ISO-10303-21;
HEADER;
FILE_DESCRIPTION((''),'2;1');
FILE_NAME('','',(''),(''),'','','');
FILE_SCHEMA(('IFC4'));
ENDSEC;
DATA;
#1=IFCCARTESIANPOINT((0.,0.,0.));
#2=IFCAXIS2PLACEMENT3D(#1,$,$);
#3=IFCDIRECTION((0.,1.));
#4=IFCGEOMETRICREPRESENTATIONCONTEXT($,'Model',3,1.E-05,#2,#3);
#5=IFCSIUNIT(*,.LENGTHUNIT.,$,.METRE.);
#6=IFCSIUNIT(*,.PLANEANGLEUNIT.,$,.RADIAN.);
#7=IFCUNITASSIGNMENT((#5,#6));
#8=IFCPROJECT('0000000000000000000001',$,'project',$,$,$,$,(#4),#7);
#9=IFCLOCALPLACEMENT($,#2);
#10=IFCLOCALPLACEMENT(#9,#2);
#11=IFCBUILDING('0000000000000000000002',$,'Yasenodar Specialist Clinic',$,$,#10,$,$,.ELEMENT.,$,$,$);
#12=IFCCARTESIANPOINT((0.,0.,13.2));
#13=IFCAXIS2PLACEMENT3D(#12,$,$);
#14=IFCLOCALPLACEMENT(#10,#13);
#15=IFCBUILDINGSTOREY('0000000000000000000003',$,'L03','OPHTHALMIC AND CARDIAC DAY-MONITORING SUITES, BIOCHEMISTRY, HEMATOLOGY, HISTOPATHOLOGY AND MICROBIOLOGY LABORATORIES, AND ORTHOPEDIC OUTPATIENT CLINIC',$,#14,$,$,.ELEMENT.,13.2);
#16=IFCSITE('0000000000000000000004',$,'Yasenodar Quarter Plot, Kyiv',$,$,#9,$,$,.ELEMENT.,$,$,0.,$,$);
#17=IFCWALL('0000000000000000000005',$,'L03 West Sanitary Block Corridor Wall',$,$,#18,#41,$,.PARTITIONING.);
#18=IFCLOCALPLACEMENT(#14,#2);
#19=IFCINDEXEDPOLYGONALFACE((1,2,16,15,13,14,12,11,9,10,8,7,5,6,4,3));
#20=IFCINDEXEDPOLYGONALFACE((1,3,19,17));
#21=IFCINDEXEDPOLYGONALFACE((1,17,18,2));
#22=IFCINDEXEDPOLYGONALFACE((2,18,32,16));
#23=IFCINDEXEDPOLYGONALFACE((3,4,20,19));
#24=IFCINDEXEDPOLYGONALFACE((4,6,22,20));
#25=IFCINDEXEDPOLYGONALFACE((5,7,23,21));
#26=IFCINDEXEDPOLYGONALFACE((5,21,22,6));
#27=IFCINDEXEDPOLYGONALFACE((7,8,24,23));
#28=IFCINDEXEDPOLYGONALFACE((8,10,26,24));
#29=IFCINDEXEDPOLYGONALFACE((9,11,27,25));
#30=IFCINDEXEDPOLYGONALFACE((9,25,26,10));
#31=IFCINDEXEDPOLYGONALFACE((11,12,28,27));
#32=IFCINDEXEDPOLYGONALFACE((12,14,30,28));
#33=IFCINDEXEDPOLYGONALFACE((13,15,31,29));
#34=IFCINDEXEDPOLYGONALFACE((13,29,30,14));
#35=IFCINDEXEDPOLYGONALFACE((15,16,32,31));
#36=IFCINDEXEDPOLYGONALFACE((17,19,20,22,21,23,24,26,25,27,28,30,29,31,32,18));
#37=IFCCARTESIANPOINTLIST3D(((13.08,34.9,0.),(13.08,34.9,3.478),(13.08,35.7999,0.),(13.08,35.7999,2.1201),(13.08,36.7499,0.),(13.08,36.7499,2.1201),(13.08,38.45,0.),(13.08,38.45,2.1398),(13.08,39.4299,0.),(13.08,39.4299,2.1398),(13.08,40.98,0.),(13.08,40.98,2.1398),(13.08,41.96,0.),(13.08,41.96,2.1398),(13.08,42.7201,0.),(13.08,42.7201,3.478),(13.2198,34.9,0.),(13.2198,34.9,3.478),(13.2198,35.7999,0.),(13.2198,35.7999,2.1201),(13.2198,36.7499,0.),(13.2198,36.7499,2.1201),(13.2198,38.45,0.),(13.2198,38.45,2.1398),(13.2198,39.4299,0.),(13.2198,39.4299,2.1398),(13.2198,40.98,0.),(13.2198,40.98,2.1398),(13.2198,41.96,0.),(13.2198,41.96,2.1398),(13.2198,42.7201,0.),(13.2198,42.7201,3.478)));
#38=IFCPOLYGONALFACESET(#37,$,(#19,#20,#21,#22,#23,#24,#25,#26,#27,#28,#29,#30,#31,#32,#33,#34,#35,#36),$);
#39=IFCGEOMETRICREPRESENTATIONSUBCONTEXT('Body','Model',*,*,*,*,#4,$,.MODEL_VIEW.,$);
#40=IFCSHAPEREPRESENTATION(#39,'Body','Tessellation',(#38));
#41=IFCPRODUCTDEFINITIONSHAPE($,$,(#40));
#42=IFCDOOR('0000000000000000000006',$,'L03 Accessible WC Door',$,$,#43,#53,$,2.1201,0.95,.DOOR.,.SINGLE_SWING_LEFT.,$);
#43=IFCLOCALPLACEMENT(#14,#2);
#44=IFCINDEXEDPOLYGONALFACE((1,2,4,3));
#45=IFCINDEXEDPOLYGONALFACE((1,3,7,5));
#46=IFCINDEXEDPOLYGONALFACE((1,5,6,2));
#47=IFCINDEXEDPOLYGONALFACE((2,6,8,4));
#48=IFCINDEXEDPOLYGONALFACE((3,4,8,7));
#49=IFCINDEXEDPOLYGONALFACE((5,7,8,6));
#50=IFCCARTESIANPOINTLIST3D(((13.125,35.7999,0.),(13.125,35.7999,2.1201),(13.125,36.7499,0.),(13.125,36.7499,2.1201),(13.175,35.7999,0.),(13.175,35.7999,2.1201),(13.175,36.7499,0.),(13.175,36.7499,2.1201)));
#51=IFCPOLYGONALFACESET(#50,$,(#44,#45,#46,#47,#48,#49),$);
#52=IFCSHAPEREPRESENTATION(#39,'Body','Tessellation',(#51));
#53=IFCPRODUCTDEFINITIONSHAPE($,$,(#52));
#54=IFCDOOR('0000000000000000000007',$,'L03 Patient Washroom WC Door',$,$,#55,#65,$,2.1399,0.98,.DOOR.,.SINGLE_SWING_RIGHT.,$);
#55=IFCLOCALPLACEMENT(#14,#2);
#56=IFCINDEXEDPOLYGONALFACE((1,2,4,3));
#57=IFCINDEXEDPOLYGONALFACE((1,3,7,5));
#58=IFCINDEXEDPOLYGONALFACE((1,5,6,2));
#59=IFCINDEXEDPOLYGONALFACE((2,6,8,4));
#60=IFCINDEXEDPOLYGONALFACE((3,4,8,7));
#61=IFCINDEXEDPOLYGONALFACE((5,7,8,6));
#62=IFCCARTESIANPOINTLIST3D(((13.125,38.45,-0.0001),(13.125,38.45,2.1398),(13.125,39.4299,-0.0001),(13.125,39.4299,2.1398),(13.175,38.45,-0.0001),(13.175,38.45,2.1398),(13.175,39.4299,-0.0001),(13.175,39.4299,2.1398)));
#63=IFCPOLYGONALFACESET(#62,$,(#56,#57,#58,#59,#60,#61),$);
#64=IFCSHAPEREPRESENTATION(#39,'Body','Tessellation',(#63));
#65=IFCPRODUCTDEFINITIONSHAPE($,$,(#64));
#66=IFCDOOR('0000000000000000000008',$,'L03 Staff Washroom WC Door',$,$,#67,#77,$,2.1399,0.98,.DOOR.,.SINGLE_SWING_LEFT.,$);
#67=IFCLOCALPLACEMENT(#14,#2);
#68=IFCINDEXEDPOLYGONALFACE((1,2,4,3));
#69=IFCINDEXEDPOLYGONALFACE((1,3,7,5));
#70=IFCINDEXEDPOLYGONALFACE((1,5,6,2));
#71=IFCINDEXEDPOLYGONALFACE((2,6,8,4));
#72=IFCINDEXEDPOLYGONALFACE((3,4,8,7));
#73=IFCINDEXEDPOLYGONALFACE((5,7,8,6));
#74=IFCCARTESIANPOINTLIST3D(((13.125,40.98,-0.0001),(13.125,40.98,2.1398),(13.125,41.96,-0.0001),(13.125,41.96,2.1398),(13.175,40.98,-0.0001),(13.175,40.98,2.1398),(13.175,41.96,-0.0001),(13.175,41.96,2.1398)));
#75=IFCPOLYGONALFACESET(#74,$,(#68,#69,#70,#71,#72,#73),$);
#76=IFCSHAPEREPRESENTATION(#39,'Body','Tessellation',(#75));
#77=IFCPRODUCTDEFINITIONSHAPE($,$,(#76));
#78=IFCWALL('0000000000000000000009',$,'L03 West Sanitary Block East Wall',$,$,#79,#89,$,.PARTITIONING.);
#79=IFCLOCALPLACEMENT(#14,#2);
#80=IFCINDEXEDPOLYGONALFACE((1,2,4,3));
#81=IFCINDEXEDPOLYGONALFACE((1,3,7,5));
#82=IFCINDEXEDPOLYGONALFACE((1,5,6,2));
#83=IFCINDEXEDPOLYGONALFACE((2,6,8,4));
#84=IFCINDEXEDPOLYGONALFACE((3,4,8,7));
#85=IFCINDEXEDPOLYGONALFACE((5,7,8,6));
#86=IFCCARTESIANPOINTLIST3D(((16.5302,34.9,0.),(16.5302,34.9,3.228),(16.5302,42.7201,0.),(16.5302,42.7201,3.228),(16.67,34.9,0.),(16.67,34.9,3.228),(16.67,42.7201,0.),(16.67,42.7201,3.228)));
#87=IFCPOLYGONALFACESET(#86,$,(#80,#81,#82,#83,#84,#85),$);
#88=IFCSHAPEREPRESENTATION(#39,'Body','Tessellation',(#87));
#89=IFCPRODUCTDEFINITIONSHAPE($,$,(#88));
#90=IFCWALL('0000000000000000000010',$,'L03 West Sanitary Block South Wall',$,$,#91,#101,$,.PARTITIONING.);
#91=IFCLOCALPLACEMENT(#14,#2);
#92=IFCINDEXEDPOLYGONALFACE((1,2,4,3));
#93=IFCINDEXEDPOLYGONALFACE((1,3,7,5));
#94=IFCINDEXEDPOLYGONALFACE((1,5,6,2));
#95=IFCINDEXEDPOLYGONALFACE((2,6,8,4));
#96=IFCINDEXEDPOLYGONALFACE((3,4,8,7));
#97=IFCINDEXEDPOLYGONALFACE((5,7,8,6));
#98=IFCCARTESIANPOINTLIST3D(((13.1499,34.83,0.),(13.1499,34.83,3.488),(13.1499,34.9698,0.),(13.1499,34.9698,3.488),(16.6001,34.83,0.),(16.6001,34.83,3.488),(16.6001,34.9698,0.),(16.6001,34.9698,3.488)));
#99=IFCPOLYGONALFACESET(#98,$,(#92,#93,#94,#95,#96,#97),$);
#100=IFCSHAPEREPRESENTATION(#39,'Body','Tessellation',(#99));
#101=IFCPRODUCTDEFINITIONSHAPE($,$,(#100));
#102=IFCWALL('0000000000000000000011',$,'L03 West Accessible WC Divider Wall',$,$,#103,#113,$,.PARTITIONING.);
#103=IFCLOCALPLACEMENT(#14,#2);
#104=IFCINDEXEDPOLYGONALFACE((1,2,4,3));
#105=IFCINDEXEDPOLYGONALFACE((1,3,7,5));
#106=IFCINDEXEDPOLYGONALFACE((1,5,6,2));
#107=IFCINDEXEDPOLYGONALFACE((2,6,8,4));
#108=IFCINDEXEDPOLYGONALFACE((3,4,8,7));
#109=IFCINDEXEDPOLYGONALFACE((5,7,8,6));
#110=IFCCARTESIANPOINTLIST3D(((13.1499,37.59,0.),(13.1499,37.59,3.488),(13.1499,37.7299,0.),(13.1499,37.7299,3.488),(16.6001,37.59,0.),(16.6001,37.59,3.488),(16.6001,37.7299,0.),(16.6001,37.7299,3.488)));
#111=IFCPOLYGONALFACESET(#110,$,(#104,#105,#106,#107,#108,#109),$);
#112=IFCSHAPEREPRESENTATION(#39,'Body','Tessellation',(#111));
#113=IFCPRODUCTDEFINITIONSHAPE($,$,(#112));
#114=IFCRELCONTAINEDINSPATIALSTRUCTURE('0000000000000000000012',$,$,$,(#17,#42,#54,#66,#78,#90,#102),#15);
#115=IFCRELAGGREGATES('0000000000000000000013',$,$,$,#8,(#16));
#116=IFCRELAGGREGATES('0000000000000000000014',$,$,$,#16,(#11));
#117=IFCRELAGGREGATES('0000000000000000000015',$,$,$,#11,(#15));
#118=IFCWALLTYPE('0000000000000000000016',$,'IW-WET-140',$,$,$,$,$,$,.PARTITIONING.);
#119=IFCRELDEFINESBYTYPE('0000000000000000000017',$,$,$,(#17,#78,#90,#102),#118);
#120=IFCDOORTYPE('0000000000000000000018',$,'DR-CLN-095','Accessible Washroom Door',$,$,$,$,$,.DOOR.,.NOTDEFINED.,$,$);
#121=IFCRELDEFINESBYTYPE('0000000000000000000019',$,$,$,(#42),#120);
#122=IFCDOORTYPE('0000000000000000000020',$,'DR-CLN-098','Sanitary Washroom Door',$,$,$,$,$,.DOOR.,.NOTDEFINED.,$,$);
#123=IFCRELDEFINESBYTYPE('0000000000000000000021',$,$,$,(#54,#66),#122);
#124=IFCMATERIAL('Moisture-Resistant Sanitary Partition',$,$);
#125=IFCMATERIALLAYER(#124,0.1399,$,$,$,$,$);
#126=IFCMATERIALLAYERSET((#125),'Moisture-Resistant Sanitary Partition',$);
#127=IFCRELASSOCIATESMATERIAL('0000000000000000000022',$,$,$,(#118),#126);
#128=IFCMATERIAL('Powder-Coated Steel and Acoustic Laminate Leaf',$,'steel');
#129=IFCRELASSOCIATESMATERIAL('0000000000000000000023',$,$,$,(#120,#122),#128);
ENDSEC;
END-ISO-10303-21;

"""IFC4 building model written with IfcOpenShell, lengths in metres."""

from ifc_helpers import new_model, si_unit, direction, frame, frame_2d, origin, place, context, subcontext, project, spatial, rectangle, extrude, material, layer, layer_set, type_object, element, fill, save


model = new_model("IFC4")

# Units and contexts
model_context = context("Model", 3, precision=1e-05, world=origin(), true_north=direction((0.0, 1.0)))
body_context = subcontext(model_context, "Body", "Model", "MODEL_VIEW")
ifc_project = project(units=[si_unit("LENGTHUNIT", "METRE"), si_unit("PLANEANGLEUNIT", "RADIAN")], contexts=[model_context])

# Site, building, storey
site_placement = place(None, origin())
site = spatial("IfcSite", under=ifc_project, at=site_placement, Name="Yasenodar Quarter Plot, Kyiv", CompositionType="ELEMENT", RefElevation=0.0)
building_placement = place(site_placement, origin())
building = spatial("IfcBuilding", under=site, at=building_placement, Name="Yasenodar Specialist Clinic", CompositionType="ELEMENT")
storey_placement = place(building_placement, frame((0.0, 0.0, 13.2)))
storey = spatial("IfcBuildingStorey", under=building, at=storey_placement, Name="L03", Description="OPHTHALMIC AND CARDIAC DAY-MONITORING SUITES, BIOCHEMISTRY, HEMATOLOGY, HISTOPATHOLOGY AND MICROBIOLOGY LABORATORIES, AND ORTHOPEDIC OUTPATIENT CLINIC", CompositionType="ELEMENT", Elevation=13.2)

# Shared definitions
ifc_material_1 = material(Name="Powder-Coated Steel and Acoustic Laminate Leaf", Category="steel")

# Wall, openings, doors
ifc_material_2 = material(Name="Moisture-Resistant Sanitary Partition")
ifc_layer_1 = layer(ifc_material_2, 0.1399)
ifc_layer_set_1 = layer_set([ifc_layer_1], Name="Moisture-Resistant Sanitary Partition")
wall_type_1 = type_object("IfcWallType", Name="IW-WET-140", PredefinedType="PARTITIONING", material=ifc_layer_set_1)
wall_1_placement = place(storey_placement, frame((13.1499, 34.8999, 0.0), z_axis=(0.0, 0.0, 1.0), x_axis=(0.0, 1.0, 0.0)))
wall_1 = element("IfcWall", 1, at=wall_1_placement, inside=storey, type_object=wall_type_1, Name="L03 West Sanitary Block Corridor Wall", PredefinedType="PARTITIONING", context=body_context, shape_type="SweptSolid", body=[
    extrude(rectangle(XDim=7.8201, YDim=0.1399, at=frame_2d((3.9102, 0.0))), origin(), (0.0, 0.0, 1.0), 3.478),
])
opening_1_placement = place(wall_1_placement, frame((0.8999, 0.0, 0.0)))
opening_1 = element("IfcOpeningElement", 2, at=opening_1_placement, cuts=wall_1, PredefinedType="OPENING", context=body_context, shape_type="SweptSolid", body=[
    extrude(rectangle(XDim=0.95, YDim=2.1201, at=frame_2d((0.4751, 1.0601))), frame((0.0, 0.0801, 0.0), z_axis=(0.0, -1.0, 0.0), x_axis=(1.0, 0.0, 0.0)), (0.0, 0.0, 1.0), 0.1599),
])
opening_2_placement = place(wall_1_placement, frame((3.55, 0.0, 0.0)))
opening_2 = element("IfcOpeningElement", 3, at=opening_2_placement, cuts=wall_1, PredefinedType="OPENING", context=body_context, shape_type="SweptSolid", body=[
    extrude(rectangle(XDim=0.98, YDim=2.1399, at=frame_2d((0.49, 1.0698))), frame((0.0, 0.0801, 0.0), z_axis=(0.0, -1.0, 0.0), x_axis=(1.0, 0.0, 0.0)), (0.0, 0.0, 1.0), 0.1599),
])
opening_3_placement = place(wall_1_placement, frame((6.0801, 0.0, 0.0)))
opening_3 = element("IfcOpeningElement", 4, at=opening_3_placement, cuts=wall_1, PredefinedType="OPENING", context=body_context, shape_type="SweptSolid", body=[
    extrude(rectangle(XDim=0.98, YDim=2.1399, at=frame_2d((0.49, 1.0698))), frame((0.0, 0.0801, 0.0), z_axis=(0.0, -1.0, 0.0), x_axis=(1.0, 0.0, 0.0)), (0.0, 0.0, 1.0), 0.1599),
])
door_type_1 = type_object("IfcDoorType", Name="DR-CLN-095", Description="Accessible Washroom Door", OperationType="NOTDEFINED", PredefinedType="DOOR", material=ifc_material_1)
door_1_placement = place(opening_1_placement, origin())
door_1 = element("IfcDoor", 5, at=door_1_placement, inside=storey, type_object=door_type_1, Name="L03 Accessible WC Door", OperationType="SINGLE_SWING_LEFT", OverallHeight=2.1201, OverallWidth=0.95, PredefinedType="DOOR", context=body_context, shape_type="SweptSolid", body=[
    extrude(rectangle(XDim=0.95, YDim=2.1201, at=frame_2d((0.4751, 1.0601))), frame((0.0, 0.0249, 0.0), z_axis=(0.0, -1.0, 0.0), x_axis=(1.0, 0.0, 0.0)), (0.0, 0.0, 1.0), 0.05),
])
fill(opening_1, door_1)
door_type_2 = type_object("IfcDoorType", Name="DR-CLN-098", Description="Sanitary Washroom Door", OperationType="NOTDEFINED", PredefinedType="DOOR", material=ifc_material_1)
door_2_placement = place(opening_2_placement, origin())
door_2 = element("IfcDoor", 6, at=door_2_placement, inside=storey, type_object=door_type_2, Name="L03 Patient Washroom WC Door", OperationType="SINGLE_SWING_RIGHT", OverallHeight=2.1399, OverallWidth=0.98, PredefinedType="DOOR", context=body_context, shape_type="SweptSolid", body=[
    extrude(rectangle(XDim=0.98, YDim=2.1399, at=frame_2d((0.49, 1.0698))), frame((0.0, 0.0249, 0.0), z_axis=(0.0, -1.0, 0.0), x_axis=(1.0, 0.0, 0.0)), (0.0, 0.0, 1.0), 0.05),
])
fill(opening_2, door_2)
door_3_placement = place(opening_3_placement, origin())
door_3 = element("IfcDoor", 7, at=door_3_placement, inside=storey, type_object=door_type_2, Name="L03 Staff Washroom WC Door", OperationType="SINGLE_SWING_LEFT", OverallHeight=2.1399, OverallWidth=0.98, PredefinedType="DOOR", context=body_context, shape_type="SweptSolid", body=[
    extrude(rectangle(XDim=0.98, YDim=2.1399, at=frame_2d((0.49, 1.0698))), frame((0.0, 0.0249, 0.0), z_axis=(0.0, -1.0, 0.0), x_axis=(1.0, 0.0, 0.0)), (0.0, 0.0, 1.0), 0.05),
])
fill(opening_3, door_3)

# Walls
wall_2_placement = place(storey_placement, frame((16.6001, 34.8999, 0.0), z_axis=(0.0, 0.0, 1.0), x_axis=(0.0, 1.0, 0.0)))
element("IfcWall", 8, at=wall_2_placement, inside=storey, type_object=wall_type_1, Name="L03 West Sanitary Block East Wall", PredefinedType="PARTITIONING", context=body_context, shape_type="SweptSolid", body=[
    extrude(rectangle(XDim=7.8201, YDim=0.1399, at=frame_2d((3.9102, 0.0))), origin(), (0.0, 0.0, 1.0), 3.228),
])
for number, where, z_axis, x_axis, name in (
    (9, (13.1499, 34.8999, 0.0), (0.0, 0.0, 1.0), (1.0, 0.0, 0.0), "L03 West Sanitary Block South Wall"),
    (10, (13.1499, 37.6599, 0.0), (0.0, 0.0, 1.0), (1.0, 0.0, 0.0), "L03 West Accessible WC Divider Wall"),
):
    element("IfcWall", number, at=place(storey_placement, frame(where, z_axis=z_axis, x_axis=x_axis)), inside=storey, type_object=wall_type_1, Name=name, PredefinedType="PARTITIONING", context=body_context, shape_type="SweptSolid", body=[
        extrude(rectangle(XDim=3.4502, YDim=0.1399, at=frame_2d((1.7251, 0.0))), origin(), (0.0, 0.0, 1.0), 3.488),
    ])

save(model, "model.ifc")
